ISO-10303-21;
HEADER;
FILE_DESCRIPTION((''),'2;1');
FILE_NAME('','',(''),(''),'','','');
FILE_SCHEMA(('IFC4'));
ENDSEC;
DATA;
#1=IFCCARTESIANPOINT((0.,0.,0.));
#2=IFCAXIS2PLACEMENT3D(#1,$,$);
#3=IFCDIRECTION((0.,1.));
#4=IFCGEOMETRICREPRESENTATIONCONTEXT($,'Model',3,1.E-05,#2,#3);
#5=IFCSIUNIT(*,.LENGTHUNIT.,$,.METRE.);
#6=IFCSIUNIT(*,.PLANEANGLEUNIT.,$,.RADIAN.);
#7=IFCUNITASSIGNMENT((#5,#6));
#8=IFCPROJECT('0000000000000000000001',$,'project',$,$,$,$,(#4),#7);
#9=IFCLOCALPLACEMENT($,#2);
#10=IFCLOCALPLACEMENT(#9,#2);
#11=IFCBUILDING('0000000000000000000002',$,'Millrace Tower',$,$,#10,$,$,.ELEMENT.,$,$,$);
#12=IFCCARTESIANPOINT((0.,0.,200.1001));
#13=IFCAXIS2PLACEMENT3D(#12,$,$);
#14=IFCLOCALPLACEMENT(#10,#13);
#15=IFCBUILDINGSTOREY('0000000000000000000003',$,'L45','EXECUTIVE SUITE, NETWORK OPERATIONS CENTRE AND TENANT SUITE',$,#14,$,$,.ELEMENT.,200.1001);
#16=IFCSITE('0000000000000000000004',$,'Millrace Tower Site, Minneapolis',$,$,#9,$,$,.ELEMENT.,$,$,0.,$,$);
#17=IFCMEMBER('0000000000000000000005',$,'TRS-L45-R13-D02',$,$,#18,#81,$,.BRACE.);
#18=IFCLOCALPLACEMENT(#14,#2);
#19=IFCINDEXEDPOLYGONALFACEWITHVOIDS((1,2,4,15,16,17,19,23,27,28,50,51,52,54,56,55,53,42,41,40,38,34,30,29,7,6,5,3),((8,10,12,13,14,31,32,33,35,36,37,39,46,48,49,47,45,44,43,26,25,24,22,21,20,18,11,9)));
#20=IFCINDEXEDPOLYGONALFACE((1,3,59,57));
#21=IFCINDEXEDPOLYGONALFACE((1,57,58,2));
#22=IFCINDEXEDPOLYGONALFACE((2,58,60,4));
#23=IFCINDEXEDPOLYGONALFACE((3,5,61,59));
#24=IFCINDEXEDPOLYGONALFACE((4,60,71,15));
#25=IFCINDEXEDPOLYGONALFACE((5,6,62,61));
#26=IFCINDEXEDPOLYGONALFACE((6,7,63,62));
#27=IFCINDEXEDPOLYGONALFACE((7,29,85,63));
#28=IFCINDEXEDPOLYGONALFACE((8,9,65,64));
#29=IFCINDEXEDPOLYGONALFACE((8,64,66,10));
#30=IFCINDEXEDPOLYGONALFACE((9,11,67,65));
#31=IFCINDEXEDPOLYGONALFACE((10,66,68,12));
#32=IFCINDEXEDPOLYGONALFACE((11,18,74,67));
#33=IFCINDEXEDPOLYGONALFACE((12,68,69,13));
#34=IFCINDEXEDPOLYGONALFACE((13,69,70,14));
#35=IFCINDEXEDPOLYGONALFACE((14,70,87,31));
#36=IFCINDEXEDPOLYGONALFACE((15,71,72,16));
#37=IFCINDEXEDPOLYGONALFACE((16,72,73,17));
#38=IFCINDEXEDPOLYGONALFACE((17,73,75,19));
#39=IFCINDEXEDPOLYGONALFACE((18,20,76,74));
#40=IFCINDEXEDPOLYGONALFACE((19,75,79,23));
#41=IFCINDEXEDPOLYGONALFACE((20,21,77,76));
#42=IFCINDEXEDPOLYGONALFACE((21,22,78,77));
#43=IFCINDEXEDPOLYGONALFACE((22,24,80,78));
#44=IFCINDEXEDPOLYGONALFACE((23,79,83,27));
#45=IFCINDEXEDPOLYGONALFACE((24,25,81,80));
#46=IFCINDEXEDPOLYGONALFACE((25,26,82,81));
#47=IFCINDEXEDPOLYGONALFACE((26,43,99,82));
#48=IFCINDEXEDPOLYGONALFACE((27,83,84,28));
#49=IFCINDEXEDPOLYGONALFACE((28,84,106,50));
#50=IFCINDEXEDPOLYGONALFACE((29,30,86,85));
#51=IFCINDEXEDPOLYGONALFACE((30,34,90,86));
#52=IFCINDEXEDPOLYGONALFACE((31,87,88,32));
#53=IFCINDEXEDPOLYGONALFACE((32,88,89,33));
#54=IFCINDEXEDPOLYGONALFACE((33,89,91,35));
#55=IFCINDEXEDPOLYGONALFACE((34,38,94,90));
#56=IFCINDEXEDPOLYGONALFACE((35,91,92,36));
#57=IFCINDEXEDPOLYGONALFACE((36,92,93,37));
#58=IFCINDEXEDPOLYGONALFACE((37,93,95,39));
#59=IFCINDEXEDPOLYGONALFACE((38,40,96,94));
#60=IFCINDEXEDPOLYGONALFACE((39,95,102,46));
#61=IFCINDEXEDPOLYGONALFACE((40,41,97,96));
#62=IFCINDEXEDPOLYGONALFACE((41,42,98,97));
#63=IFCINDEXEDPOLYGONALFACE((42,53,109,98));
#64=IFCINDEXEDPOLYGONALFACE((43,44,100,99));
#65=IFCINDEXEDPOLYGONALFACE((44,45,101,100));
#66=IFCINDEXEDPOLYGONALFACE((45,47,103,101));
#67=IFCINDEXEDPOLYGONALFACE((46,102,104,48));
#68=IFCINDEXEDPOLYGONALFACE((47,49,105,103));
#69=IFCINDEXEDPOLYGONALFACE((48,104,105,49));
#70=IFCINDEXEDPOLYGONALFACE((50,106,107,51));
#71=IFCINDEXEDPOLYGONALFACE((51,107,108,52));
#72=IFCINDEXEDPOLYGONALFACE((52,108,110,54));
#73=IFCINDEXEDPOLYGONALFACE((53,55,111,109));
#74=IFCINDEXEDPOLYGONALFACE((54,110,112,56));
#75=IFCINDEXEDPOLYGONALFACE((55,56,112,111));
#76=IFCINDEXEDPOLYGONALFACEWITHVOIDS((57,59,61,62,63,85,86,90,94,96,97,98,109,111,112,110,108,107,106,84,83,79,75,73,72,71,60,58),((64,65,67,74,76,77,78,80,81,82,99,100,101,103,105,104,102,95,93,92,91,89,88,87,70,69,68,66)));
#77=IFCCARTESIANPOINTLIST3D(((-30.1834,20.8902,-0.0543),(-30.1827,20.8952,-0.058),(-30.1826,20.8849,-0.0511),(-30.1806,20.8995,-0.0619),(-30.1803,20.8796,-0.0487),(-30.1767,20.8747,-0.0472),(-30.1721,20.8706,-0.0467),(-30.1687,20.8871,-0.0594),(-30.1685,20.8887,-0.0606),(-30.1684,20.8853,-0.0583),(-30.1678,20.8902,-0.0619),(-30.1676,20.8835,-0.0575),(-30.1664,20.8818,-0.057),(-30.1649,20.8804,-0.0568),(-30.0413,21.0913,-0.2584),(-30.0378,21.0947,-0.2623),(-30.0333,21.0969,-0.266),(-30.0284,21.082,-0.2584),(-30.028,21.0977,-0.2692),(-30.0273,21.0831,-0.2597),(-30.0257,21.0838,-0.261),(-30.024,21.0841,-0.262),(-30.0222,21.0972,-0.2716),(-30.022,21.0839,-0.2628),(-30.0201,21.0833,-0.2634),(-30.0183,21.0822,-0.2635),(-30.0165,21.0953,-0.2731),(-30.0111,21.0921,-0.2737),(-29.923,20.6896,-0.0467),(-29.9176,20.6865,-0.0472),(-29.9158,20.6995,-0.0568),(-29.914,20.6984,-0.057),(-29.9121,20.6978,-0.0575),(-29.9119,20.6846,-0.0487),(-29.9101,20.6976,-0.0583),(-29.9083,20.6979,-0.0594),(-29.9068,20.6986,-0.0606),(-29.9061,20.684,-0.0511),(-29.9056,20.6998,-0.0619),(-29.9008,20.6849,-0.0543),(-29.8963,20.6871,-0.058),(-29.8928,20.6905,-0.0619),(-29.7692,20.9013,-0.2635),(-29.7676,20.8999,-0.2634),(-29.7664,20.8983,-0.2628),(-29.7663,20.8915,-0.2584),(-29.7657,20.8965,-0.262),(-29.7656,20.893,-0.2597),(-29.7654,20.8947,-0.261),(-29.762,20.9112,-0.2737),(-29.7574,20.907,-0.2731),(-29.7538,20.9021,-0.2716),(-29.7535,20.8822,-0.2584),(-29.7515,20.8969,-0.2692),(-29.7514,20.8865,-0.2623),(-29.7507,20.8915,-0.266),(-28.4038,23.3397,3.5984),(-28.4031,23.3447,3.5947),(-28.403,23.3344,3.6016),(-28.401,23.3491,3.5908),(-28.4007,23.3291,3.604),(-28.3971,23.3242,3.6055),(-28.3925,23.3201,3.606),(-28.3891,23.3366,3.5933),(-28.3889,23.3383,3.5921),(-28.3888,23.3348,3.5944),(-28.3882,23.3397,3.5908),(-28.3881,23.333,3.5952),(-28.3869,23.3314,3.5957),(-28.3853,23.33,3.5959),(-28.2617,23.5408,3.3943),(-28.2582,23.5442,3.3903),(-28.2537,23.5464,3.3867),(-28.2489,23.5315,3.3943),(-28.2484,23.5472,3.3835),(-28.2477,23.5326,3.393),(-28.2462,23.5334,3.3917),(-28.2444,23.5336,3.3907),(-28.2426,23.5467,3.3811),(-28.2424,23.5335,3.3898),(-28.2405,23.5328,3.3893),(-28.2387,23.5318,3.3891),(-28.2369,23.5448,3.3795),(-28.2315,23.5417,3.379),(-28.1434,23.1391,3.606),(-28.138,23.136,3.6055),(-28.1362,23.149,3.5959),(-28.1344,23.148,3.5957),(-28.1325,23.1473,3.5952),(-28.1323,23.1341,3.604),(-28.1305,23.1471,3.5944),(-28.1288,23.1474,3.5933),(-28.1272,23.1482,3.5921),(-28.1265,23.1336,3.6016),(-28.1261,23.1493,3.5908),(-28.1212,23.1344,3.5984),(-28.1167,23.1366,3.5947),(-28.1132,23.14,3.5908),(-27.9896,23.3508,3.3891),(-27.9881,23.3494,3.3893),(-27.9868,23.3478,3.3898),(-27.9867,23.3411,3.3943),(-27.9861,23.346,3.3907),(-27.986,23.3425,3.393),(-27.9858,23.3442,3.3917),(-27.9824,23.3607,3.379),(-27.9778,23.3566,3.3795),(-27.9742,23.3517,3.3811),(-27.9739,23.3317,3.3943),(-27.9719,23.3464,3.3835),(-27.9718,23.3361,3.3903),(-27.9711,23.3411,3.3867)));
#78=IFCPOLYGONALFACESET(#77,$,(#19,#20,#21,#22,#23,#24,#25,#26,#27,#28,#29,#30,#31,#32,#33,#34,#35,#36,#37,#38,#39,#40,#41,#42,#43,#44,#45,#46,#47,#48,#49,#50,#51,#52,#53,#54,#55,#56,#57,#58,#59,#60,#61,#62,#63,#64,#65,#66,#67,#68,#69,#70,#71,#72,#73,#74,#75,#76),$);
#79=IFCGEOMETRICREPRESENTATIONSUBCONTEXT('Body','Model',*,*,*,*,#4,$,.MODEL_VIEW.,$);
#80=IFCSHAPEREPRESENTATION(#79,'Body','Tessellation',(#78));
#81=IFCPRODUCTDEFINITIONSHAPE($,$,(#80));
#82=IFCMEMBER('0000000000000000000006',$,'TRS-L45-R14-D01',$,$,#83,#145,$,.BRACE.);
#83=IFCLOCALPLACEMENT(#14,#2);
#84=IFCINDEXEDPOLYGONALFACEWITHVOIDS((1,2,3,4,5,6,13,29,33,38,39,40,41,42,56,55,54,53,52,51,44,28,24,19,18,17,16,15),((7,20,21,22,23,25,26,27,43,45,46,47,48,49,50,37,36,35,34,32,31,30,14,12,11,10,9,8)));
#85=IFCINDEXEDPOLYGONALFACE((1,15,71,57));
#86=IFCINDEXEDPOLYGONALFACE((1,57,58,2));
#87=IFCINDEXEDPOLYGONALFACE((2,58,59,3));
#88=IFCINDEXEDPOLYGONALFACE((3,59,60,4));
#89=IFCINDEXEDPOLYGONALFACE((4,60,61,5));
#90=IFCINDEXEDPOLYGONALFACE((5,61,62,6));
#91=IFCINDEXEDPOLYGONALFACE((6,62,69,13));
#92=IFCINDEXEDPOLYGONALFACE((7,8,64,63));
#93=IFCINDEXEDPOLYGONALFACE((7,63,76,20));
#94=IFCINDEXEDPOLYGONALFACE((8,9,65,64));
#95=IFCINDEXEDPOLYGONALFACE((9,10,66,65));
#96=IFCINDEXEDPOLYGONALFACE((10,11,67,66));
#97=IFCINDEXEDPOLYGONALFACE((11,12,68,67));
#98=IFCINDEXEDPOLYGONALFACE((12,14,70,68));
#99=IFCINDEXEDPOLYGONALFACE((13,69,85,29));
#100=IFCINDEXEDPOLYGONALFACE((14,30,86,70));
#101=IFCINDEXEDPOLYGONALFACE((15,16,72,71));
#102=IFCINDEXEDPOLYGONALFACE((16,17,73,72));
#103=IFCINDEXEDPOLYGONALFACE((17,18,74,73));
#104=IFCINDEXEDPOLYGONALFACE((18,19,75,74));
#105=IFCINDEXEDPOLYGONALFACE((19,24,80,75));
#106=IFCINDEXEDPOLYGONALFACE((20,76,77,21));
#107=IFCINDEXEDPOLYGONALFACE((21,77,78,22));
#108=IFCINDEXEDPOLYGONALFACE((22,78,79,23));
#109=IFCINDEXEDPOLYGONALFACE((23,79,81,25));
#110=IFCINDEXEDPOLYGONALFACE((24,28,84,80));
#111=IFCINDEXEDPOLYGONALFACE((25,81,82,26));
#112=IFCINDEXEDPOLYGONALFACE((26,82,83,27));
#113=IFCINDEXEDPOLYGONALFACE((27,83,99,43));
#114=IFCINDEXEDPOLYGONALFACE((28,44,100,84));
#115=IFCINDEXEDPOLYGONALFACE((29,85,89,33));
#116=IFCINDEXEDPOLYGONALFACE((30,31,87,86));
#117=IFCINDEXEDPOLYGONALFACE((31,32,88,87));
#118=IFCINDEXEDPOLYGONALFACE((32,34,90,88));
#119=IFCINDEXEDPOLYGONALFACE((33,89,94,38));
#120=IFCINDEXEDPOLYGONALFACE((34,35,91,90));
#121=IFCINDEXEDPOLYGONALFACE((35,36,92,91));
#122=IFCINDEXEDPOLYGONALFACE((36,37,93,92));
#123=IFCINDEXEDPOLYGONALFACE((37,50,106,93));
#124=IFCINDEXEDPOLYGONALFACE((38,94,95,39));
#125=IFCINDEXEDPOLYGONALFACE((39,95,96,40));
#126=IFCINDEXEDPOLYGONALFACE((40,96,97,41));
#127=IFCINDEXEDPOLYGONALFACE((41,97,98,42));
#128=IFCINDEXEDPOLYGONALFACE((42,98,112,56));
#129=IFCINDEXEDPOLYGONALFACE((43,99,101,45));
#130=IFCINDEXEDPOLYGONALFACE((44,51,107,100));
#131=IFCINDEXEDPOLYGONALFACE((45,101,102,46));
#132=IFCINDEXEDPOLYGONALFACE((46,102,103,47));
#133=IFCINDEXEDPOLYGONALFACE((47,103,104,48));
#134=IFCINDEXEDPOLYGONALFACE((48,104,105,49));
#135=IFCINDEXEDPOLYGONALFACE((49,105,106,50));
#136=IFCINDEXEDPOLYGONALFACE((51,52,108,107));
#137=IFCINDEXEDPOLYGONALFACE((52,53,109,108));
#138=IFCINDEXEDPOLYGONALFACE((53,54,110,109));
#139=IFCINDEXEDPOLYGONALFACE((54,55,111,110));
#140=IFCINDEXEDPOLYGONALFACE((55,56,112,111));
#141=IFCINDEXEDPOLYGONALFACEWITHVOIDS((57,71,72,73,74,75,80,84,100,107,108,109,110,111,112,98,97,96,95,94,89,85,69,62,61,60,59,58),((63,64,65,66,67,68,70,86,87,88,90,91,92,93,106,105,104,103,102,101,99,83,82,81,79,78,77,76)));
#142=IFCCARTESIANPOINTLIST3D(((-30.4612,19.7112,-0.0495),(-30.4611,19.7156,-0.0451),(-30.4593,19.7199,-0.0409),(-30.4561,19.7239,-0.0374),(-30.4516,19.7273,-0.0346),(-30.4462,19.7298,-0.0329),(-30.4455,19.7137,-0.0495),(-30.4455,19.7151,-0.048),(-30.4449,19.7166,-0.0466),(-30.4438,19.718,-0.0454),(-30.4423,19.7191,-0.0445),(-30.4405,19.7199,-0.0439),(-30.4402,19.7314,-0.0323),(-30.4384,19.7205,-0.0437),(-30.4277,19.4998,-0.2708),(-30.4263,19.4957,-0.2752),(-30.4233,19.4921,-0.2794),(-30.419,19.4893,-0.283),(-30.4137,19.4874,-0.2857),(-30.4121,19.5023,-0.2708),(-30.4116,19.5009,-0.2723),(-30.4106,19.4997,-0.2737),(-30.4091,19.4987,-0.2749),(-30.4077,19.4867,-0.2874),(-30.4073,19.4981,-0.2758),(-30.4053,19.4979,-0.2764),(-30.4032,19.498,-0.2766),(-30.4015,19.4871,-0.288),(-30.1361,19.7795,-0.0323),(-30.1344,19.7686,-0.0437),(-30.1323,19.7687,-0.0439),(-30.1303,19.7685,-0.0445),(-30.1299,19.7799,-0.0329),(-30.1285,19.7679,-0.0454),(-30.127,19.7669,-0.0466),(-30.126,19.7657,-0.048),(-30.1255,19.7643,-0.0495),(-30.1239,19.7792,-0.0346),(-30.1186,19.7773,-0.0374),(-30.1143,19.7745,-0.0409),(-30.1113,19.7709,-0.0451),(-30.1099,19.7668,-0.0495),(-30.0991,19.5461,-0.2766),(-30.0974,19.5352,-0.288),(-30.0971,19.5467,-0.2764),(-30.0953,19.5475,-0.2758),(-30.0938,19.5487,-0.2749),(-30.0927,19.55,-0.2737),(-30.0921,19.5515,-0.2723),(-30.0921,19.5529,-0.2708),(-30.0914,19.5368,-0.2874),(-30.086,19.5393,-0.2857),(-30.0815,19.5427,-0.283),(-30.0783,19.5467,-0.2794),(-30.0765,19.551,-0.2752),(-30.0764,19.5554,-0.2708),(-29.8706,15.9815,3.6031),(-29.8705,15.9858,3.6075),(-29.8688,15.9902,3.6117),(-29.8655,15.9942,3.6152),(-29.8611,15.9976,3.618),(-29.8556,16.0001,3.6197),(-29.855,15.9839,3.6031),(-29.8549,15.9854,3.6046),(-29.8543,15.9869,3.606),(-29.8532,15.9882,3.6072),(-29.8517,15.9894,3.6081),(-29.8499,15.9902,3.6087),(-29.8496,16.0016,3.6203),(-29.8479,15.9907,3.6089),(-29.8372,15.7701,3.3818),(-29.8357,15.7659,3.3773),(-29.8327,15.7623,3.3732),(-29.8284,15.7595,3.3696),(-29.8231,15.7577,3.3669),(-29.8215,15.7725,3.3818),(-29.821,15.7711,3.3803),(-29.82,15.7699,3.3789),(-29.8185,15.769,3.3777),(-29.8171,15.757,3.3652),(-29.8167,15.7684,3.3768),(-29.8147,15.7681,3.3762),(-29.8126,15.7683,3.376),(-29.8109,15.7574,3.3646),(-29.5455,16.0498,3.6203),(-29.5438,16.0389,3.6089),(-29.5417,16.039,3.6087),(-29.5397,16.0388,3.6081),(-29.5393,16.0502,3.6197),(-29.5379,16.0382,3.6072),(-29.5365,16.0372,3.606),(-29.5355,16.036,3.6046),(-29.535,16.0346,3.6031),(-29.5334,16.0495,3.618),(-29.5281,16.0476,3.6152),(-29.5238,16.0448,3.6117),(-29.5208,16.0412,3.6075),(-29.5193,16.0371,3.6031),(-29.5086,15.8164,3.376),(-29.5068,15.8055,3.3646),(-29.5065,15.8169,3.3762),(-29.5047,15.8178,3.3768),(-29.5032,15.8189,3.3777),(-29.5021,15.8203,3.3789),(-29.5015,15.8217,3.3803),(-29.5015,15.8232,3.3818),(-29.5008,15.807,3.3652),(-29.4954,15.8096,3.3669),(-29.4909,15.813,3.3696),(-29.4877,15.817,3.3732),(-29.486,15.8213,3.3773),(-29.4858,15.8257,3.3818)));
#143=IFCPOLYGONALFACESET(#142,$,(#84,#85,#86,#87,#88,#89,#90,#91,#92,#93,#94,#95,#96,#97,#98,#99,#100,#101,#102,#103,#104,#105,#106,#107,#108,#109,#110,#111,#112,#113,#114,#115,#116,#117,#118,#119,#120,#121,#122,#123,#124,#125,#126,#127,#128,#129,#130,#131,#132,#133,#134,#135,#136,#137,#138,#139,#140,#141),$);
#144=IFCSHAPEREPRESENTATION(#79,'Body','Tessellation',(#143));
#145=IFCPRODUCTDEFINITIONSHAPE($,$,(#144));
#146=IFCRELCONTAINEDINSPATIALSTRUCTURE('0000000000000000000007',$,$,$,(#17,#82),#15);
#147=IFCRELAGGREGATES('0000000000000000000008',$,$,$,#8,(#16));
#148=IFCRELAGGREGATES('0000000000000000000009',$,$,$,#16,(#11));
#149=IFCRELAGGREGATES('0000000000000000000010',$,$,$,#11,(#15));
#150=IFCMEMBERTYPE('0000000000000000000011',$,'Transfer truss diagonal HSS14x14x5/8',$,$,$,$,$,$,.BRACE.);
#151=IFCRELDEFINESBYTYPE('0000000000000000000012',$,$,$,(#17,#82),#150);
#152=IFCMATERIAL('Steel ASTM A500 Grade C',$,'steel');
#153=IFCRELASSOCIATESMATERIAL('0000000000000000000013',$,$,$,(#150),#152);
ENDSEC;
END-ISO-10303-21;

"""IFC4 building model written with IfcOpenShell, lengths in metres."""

from ifc_helpers import new_model, si_unit, direction, frame, origin, origin_2d, place, context, subcontext, project, spatial, hollow_rectangle, extrude, material, material_profile, profile_set, type_object, element, save


model = new_model("IFC4")

# Units and contexts
model_context = context("Model", 3, precision=1e-05, world=origin(), true_north=direction((0.0, 1.0)))
body_context = subcontext(model_context, "Body", "Model", "MODEL_VIEW")
ifc_project = project(units=[si_unit("LENGTHUNIT", "METRE"), si_unit("PLANEANGLEUNIT", "RADIAN")], contexts=[model_context])

# Site, building, storey
site_placement = place(None, origin())
site = spatial("IfcSite", under=ifc_project, at=site_placement, Name="Millrace Tower Site, Minneapolis", CompositionType="ELEMENT", RefElevation=0.0)
building_placement = place(site_placement, origin())
building = spatial("IfcBuilding", under=site, at=building_placement, Name="Millrace Tower", CompositionType="ELEMENT")
storey_placement = place(building_placement, frame((0.0, 0.0, 200.1001)))
storey = spatial("IfcBuildingStorey", under=building, at=storey_placement, Name="L45", Description="EXECUTIVE SUITE, NETWORK OPERATIONS CENTRE AND TENANT SUITE", CompositionType="ELEMENT", Elevation=200.1001)

# Members
ifc_material_1 = material(Name="Steel ASTM A500 Grade C", Category="steel")
ifc_material_profile_1 = material_profile(ifc_material_1, hollow_rectangle(XDim=0.3557, YDim=0.3557, WallThickness=0.0159, InnerFilletRadius=0.0081, OuterFilletRadius=0.0239, at=origin_2d()))
ifc_profile_set_1 = profile_set([ifc_material_profile_1], Name="Steel ASTM A500 Grade C")
member_type_1 = type_object("IfcMemberType", Name="Transfer truss diagonal HSS14x14x5/8", PredefinedType="BRACE", material=ifc_profile_set_1)
member_1_placement = place(storey_placement, frame((-29.967, 20.8909, -0.1602), z_axis=(0.375093, 0.5163, 0.769896), x_axis=(-0.809032, 0.587764, 0.0)))
element("IfcMember", 1, at=member_1_placement, inside=storey, type_object=member_type_1, Name="TRS-L45-R13-D02", PredefinedType="BRACE", context=body_context, shape_type="SweptSolid", body=[
    extrude(hollow_rectangle(XDim=0.3557, YDim=0.3557, WallThickness=0.0159, InnerFilletRadius=0.0081, OuterFilletRadius=0.0239, at=origin_2d()), origin(), (0.0, 0.0, 1.0), 4.7444),
])
member_2_placement = place(storey_placement, frame((-30.2688, 19.6333, -0.1602), z_axis=(0.112412, -0.709929, 0.695244), x_axis=(0.987695, 0.156394, 0.0)))
element("IfcMember", 2, at=member_2_placement, inside=storey, type_object=member_type_1, Name="TRS-L45-R14-D01", PredefinedType="BRACE", context=body_context, shape_type="SweptSolid", body=[
    extrude(hollow_rectangle(XDim=0.3557, YDim=0.3557, WallThickness=0.0159, InnerFilletRadius=0.0081, OuterFilletRadius=0.0239, at=origin_2d()), origin(), (0.0, 0.0, 1.0), 5.2537),
])

save(model, "model.ifc")
